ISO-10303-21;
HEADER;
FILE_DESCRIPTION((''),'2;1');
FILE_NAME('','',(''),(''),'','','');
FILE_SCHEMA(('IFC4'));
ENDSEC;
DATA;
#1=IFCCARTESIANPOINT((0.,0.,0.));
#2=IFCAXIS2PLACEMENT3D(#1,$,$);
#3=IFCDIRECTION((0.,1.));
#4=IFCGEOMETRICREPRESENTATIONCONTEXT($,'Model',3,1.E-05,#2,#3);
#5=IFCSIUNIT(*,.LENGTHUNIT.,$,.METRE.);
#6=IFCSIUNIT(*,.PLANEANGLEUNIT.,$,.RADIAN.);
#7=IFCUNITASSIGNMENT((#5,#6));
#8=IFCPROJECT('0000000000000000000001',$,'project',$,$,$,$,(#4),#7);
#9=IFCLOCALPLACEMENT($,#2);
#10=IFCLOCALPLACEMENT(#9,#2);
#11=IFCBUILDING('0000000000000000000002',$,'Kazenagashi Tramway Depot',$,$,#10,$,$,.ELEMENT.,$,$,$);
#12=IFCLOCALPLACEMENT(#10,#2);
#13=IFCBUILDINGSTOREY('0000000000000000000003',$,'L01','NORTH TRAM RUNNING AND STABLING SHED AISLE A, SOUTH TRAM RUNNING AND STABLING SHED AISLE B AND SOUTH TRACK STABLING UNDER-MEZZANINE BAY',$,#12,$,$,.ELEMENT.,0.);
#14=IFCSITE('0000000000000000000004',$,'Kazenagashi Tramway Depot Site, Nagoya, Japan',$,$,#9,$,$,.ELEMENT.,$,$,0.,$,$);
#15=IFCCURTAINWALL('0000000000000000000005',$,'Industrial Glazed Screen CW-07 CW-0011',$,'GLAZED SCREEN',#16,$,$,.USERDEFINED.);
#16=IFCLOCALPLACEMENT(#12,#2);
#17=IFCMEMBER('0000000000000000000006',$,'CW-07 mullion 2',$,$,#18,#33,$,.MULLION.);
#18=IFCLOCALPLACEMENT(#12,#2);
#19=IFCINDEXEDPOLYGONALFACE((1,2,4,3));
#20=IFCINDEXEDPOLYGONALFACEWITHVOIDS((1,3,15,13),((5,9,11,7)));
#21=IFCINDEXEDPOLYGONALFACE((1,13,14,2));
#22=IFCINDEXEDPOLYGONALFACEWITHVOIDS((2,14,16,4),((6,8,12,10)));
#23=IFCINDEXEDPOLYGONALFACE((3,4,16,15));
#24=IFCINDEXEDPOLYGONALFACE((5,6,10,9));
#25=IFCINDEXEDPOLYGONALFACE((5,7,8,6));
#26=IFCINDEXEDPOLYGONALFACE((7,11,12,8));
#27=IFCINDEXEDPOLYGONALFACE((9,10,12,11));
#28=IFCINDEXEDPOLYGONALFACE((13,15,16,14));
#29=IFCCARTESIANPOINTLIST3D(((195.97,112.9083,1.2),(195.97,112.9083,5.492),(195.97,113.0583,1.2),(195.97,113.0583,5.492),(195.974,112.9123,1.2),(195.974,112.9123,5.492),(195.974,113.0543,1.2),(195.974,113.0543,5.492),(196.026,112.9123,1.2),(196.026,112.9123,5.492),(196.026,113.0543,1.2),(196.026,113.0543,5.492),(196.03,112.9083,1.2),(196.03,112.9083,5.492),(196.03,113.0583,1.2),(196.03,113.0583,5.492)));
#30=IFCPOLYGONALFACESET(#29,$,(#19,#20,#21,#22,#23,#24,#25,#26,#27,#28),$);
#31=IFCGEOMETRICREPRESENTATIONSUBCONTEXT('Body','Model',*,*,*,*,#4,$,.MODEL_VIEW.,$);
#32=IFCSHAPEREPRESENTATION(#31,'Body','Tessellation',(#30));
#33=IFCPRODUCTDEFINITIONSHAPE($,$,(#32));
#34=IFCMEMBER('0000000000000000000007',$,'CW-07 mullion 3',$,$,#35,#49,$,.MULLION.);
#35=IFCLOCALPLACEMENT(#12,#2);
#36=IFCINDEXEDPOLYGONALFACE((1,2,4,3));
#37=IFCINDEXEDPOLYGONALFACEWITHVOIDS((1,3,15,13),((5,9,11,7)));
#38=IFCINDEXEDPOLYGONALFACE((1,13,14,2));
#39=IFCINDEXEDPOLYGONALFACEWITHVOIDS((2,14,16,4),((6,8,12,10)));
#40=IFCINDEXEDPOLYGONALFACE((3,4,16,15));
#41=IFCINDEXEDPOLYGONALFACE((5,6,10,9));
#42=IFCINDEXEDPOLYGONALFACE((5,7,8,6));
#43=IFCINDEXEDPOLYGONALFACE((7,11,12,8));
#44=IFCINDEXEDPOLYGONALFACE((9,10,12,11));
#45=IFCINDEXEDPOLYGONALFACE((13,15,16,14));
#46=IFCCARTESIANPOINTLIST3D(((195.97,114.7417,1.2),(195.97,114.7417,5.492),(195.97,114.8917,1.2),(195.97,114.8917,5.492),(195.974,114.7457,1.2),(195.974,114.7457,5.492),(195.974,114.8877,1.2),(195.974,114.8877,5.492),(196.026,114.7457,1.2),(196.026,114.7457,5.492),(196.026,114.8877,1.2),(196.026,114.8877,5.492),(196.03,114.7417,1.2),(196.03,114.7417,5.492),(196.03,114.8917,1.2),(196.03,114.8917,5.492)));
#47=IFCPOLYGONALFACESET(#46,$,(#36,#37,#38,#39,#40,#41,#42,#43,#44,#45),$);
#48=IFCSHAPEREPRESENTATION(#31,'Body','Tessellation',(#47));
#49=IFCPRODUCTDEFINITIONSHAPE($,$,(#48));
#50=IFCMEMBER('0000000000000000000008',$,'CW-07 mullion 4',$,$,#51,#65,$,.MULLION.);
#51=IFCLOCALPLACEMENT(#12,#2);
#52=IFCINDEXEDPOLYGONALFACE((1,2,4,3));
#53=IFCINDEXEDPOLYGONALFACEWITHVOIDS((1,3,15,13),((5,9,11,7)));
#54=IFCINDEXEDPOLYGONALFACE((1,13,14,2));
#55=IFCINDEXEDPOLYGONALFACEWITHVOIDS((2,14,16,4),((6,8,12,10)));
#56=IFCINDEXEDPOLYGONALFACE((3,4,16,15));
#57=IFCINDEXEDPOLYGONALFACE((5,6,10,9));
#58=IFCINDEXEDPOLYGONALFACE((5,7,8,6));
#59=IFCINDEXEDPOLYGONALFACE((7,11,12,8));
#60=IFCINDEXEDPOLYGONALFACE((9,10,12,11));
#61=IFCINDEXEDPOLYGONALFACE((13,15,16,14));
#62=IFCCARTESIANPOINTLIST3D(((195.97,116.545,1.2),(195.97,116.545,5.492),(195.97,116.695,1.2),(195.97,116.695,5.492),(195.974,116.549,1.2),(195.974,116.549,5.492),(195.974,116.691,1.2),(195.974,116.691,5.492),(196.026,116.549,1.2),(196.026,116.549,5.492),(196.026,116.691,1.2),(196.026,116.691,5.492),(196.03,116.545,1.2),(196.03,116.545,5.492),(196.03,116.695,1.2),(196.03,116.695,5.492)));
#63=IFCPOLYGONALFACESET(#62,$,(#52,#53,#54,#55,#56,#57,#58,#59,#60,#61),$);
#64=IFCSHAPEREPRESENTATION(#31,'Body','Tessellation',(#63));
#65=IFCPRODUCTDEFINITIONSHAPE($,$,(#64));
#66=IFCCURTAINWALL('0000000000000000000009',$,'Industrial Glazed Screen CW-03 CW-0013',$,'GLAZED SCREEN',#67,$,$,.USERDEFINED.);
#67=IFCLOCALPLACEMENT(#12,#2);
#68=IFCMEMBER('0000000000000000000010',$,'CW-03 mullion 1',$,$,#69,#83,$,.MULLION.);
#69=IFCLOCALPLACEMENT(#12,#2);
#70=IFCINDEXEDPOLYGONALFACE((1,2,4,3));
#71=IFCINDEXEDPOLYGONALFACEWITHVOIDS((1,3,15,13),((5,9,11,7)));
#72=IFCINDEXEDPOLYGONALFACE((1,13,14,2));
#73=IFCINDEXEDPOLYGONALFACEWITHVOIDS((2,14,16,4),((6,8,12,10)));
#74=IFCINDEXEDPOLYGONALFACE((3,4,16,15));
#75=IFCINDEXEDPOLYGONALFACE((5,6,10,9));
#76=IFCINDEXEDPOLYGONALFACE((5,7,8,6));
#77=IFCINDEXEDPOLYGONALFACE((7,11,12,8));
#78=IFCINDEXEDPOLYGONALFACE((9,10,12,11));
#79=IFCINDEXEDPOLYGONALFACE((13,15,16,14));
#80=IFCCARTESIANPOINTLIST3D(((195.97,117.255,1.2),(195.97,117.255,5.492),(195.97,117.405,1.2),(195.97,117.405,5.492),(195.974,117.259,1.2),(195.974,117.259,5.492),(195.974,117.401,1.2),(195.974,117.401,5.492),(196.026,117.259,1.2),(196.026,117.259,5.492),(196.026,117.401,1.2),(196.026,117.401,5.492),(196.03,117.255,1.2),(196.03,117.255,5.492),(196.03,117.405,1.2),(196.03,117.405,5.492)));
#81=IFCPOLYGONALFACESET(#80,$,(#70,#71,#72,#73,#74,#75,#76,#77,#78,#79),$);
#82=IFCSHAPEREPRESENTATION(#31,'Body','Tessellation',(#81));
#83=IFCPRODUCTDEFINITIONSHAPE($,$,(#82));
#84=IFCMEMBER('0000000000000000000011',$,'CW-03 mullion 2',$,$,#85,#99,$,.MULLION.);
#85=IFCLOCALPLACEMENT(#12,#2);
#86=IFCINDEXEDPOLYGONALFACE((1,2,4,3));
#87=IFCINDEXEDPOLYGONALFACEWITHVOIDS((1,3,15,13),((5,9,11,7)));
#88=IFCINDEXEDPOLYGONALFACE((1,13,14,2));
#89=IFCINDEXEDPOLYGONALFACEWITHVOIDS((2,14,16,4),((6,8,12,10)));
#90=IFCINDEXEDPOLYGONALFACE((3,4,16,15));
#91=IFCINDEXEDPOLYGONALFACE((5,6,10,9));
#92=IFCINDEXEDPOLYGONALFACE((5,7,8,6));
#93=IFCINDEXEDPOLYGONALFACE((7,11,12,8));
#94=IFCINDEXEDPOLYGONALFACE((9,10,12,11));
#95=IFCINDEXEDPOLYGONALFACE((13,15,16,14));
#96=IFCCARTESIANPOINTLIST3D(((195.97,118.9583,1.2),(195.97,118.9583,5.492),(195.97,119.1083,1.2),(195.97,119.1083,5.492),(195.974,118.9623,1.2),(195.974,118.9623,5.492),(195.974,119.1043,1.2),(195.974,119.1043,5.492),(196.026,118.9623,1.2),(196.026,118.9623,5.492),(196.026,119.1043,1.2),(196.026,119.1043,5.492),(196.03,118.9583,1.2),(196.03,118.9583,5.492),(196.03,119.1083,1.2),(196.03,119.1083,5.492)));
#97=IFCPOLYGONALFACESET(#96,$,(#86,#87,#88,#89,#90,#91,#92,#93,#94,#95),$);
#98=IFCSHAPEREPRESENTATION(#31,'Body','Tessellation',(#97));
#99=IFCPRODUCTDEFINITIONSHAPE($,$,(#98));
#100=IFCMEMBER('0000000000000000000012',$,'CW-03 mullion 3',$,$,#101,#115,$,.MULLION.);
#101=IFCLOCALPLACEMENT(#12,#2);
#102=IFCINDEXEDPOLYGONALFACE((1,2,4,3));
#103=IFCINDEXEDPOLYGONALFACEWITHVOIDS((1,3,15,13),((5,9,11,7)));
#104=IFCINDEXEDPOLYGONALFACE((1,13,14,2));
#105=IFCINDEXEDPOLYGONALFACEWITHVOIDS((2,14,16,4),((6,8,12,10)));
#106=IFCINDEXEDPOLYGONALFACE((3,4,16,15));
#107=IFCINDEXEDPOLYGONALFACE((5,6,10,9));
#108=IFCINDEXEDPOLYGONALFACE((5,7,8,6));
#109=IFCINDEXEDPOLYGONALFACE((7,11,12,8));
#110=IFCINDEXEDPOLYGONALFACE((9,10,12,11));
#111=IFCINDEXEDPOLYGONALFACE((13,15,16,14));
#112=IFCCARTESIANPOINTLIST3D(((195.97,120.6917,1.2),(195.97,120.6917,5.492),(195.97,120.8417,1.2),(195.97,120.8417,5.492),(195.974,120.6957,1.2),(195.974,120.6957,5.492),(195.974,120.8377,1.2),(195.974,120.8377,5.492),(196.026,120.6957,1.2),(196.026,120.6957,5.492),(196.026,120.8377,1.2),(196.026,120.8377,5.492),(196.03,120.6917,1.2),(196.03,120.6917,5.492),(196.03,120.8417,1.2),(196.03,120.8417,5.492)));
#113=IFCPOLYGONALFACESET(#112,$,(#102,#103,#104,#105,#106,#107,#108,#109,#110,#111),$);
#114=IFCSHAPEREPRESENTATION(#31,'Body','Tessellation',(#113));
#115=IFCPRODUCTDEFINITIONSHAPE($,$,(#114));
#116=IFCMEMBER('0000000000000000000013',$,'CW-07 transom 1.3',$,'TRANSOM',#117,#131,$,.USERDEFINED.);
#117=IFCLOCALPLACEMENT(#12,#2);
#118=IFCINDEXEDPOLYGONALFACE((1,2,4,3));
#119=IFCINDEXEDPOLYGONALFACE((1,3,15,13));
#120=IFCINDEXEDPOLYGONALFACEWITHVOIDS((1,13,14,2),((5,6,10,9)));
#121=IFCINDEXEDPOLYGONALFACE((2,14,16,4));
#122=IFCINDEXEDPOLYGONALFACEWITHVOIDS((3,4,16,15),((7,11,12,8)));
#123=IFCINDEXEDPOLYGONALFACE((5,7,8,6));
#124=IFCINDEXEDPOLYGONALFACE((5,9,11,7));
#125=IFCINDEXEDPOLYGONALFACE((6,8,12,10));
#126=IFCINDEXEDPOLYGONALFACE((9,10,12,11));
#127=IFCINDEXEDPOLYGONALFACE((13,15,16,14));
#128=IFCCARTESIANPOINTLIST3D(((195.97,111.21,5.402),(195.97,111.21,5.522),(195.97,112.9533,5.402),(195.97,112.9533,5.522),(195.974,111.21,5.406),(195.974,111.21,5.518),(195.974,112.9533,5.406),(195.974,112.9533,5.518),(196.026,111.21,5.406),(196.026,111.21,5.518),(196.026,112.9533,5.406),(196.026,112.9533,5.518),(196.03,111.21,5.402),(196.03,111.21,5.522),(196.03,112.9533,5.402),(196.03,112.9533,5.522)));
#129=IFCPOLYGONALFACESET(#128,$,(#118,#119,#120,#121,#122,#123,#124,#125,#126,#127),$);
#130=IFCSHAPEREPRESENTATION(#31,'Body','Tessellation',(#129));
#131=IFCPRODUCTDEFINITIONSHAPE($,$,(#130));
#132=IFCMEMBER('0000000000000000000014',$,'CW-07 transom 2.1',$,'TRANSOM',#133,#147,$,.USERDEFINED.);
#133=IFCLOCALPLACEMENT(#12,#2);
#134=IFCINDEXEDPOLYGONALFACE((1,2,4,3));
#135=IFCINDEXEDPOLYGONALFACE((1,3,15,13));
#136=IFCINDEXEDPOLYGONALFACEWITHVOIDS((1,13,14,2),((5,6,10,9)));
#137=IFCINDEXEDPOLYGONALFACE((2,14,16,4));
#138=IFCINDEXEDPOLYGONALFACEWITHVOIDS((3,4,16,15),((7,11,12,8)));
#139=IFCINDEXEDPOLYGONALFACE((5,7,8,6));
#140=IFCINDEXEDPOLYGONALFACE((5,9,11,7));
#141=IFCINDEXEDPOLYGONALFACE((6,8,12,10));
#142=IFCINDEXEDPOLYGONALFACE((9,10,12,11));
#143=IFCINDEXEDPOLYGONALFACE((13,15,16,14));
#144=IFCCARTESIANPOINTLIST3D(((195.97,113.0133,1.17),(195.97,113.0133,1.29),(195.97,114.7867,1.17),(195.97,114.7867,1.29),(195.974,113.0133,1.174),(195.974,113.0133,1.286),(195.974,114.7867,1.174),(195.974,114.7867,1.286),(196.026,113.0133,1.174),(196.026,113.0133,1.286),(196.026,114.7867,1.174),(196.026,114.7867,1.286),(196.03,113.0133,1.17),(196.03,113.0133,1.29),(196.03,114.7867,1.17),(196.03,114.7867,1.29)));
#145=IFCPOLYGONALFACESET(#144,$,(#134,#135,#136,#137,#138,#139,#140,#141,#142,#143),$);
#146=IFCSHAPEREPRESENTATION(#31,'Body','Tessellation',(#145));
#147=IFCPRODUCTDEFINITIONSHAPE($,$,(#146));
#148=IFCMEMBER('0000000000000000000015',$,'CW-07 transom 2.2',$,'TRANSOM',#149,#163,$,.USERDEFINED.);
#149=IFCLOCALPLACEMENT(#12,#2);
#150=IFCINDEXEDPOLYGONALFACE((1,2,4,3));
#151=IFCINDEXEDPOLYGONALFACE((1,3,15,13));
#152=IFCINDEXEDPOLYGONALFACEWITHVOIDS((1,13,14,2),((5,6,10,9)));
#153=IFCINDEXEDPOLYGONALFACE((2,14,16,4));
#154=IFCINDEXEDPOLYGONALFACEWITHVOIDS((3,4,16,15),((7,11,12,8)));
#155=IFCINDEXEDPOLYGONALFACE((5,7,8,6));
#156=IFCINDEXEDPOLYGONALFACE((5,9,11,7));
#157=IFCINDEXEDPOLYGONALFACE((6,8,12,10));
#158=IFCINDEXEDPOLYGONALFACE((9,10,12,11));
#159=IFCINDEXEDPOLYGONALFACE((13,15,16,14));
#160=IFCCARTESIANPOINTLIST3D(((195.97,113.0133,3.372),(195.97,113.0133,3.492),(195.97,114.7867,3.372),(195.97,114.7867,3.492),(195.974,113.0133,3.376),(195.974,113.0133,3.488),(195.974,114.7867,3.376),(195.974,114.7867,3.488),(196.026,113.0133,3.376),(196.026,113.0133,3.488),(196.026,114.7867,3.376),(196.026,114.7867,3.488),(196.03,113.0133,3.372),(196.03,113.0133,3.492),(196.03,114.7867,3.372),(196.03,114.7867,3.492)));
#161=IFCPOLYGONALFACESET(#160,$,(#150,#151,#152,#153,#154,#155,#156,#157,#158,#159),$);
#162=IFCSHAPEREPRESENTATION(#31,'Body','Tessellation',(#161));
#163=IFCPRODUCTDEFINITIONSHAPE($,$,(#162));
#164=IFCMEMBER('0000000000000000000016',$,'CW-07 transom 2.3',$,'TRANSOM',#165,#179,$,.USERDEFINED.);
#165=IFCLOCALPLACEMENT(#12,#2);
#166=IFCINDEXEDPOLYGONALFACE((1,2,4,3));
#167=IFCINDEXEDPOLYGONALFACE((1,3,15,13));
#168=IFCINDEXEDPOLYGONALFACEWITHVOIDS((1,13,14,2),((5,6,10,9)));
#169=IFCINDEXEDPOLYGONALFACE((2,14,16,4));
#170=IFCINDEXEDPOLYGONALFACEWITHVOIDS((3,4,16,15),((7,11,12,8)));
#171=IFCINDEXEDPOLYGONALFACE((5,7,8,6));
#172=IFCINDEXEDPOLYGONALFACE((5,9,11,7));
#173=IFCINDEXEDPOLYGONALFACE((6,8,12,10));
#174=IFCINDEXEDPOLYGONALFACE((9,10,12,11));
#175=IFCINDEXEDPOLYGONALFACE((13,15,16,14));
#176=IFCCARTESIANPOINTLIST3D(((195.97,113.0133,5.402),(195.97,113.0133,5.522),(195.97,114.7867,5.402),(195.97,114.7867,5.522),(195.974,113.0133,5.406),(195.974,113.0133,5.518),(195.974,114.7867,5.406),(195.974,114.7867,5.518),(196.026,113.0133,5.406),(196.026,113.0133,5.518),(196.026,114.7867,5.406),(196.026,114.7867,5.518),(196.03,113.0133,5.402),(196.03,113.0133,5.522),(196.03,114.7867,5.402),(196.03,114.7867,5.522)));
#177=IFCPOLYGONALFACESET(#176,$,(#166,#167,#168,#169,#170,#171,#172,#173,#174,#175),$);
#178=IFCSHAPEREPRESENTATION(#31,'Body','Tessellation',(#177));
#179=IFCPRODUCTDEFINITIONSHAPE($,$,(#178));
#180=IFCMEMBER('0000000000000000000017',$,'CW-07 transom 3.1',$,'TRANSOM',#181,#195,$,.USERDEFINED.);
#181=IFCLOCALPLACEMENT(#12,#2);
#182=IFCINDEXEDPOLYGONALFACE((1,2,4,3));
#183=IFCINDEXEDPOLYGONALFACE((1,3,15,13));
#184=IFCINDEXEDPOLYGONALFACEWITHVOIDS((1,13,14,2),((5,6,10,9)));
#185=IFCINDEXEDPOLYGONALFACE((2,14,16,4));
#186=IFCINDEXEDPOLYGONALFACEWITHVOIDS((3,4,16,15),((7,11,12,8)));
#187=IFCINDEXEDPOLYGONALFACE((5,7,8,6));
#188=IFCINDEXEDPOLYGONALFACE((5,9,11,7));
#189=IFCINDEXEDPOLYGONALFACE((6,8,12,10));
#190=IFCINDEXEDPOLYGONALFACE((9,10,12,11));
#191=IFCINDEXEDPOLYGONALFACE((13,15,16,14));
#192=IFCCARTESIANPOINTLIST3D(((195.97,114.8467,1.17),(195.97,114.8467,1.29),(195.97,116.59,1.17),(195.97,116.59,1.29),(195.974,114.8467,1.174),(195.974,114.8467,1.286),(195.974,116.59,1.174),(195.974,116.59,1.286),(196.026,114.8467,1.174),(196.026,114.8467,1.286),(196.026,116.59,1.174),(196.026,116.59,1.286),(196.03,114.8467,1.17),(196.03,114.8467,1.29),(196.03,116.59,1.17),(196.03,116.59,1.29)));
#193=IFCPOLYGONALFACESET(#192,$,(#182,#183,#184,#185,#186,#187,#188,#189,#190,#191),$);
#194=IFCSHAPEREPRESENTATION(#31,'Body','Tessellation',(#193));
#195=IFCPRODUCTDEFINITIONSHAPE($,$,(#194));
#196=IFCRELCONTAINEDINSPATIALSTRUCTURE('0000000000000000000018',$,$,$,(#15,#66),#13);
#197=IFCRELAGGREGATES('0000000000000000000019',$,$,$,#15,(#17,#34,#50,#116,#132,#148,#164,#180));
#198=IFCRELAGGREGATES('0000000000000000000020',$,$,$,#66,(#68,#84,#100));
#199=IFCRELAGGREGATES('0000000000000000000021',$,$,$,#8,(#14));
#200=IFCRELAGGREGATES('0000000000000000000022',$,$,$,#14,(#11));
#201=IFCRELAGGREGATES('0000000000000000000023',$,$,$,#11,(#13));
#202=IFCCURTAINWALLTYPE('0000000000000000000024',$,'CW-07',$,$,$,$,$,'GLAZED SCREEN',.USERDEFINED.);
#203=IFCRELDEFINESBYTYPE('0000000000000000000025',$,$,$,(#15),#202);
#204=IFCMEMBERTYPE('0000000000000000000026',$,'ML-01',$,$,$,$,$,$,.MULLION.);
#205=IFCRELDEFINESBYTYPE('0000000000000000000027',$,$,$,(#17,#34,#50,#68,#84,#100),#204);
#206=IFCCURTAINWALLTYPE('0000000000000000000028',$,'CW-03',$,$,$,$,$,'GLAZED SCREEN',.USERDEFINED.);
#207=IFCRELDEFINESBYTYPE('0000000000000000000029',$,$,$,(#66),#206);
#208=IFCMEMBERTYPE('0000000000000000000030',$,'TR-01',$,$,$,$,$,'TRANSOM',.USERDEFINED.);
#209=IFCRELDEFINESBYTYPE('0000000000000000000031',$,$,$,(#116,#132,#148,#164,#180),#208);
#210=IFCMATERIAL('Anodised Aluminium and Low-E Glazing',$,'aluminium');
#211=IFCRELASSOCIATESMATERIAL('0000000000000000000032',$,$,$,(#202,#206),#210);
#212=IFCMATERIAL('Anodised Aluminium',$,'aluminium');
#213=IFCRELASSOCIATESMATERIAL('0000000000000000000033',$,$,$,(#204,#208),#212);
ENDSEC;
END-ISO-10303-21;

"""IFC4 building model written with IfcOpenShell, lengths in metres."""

from ifc_helpers import new_model, si_unit, direction, frame, origin, origin_2d, place, context, subcontext, project, spatial, hollow_rectangle, extrude, material, material_profile, profile_set, type_object, element, aggregate, save


model = new_model("IFC4")

# Units and contexts
model_context = context("Model", 3, precision=1e-05, world=origin(), true_north=direction((0.0, 1.0)))
body_context = subcontext(model_context, "Body", "Model", "MODEL_VIEW")
ifc_project = project(units=[si_unit("LENGTHUNIT", "METRE"), si_unit("PLANEANGLEUNIT", "RADIAN")], contexts=[model_context])

# Site, building, storey
site_placement = place(None, origin())
site = spatial("IfcSite", under=ifc_project, at=site_placement, Name="Kazenagashi Tramway Depot Site, Nagoya, Japan", CompositionType="ELEMENT", RefElevation=0.0)
building_placement = place(site_placement, origin())
building = spatial("IfcBuilding", under=site, at=building_placement, Name="Kazenagashi Tramway Depot", CompositionType="ELEMENT")
storey_placement = place(building_placement, origin())
storey = spatial("IfcBuildingStorey", under=building, at=storey_placement, Name="L01", Description="NORTH TRAM RUNNING AND STABLING SHED AISLE A, SOUTH TRAM RUNNING AND STABLING SHED AISLE B AND SOUTH TRACK STABLING UNDER-MEZZANINE BAY", CompositionType="ELEMENT", Elevation=0.0)

# Curtain walls, members
ifc_material_1 = material(Name="Anodised Aluminium and Low-E Glazing", Category="aluminium")
curtain_wall_type_1 = type_object("IfcCurtainWallType", Name="CW-07", ElementType="GLAZED SCREEN", PredefinedType="USERDEFINED", material=ifc_material_1)
curtain_wall_1_placement = place(storey_placement, origin())
curtain_wall_1 = element("IfcCurtainWall", 1, at=curtain_wall_1_placement, inside=storey, type_object=curtain_wall_type_1, Name="Industrial Glazed Screen CW-07 CW-0011", ObjectType="GLAZED SCREEN", PredefinedType="USERDEFINED")
ifc_material_2 = material(Name="Anodised Aluminium", Category="aluminium")
ifc_material_profile_1 = material_profile(ifc_material_2, hollow_rectangle(XDim=0.06, YDim=0.15, WallThickness=0.004, at=origin_2d()), Name="RHS-150x60x4")
ifc_profile_set_1 = profile_set([ifc_material_profile_1], Name="Anodised Aluminium")
member_type_1 = type_object("IfcMemberType", Name="ML-01", PredefinedType="MULLION", material=ifc_profile_set_1)
member_1_placement = place(storey_placement, frame((196.0, 112.9833, 1.2), z_axis=(0.0, 0.0, 1.0), x_axis=(-1.0, 0.0, 0.0)))
member_1 = element("IfcMember", 2, at=member_1_placement, type_object=member_type_1, Name="CW-07 mullion 2", PredefinedType="MULLION", context=body_context, shape_type="SweptSolid", body=[
    extrude(hollow_rectangle(XDim=0.06, YDim=0.15, WallThickness=0.004, at=origin_2d()), origin(), (0.0, 0.0, 1.0), 4.292),
])
member_2_placement = place(storey_placement, frame((196.0, 114.8167, 1.2), z_axis=(0.0, 0.0, 1.0), x_axis=(-1.0, 0.0, 0.0)))
member_2 = element("IfcMember", 3, at=member_2_placement, type_object=member_type_1, Name="CW-07 mullion 3", PredefinedType="MULLION", context=body_context, shape_type="SweptSolid", body=[
    extrude(hollow_rectangle(XDim=0.06, YDim=0.15, WallThickness=0.004, at=origin_2d()), origin(), (0.0, 0.0, 1.0), 4.292),
])
member_3_placement = place(storey_placement, frame((196.0, 116.62, 1.2), z_axis=(0.0, 0.0, 1.0), x_axis=(-1.0, 0.0, 0.0)))
member_3 = element("IfcMember", 4, at=member_3_placement, type_object=member_type_1, Name="CW-07 mullion 4", PredefinedType="MULLION", context=body_context, shape_type="SweptSolid", body=[
    extrude(hollow_rectangle(XDim=0.06, YDim=0.15, WallThickness=0.004, at=origin_2d()), origin(), (0.0, 0.0, 1.0), 4.292),
])
curtain_wall_type_2 = type_object("IfcCurtainWallType", Name="CW-03", ElementType="GLAZED SCREEN", PredefinedType="USERDEFINED", material=ifc_material_1)
curtain_wall_2_placement = place(storey_placement, origin())
curtain_wall_2 = element("IfcCurtainWall", 5, at=curtain_wall_2_placement, inside=storey, type_object=curtain_wall_type_2, Name="Industrial Glazed Screen CW-03 CW-0013", ObjectType="GLAZED SCREEN", PredefinedType="USERDEFINED")
member_4_placement = place(storey_placement, frame((196.0, 117.33, 1.2), z_axis=(0.0, 0.0, 1.0), x_axis=(-1.0, 0.0, 0.0)))
member_4 = element("IfcMember", 6, at=member_4_placement, type_object=member_type_1, Name="CW-03 mullion 1", PredefinedType="MULLION", context=body_context, shape_type="SweptSolid", body=[
    extrude(hollow_rectangle(XDim=0.06, YDim=0.15, WallThickness=0.004, at=origin_2d()), origin(), (0.0, 0.0, 1.0), 4.292),
])
member_5_placement = place(storey_placement, frame((196.0, 119.0333, 1.2), z_axis=(0.0, 0.0, 1.0), x_axis=(-1.0, 0.0, 0.0)))
member_5 = element("IfcMember", 7, at=member_5_placement, type_object=member_type_1, Name="CW-03 mullion 2", PredefinedType="MULLION", context=body_context, shape_type="SweptSolid", body=[
    extrude(hollow_rectangle(XDim=0.06, YDim=0.15, WallThickness=0.004, at=origin_2d()), origin(), (0.0, 0.0, 1.0), 4.292),
])
member_6_placement = place(storey_placement, frame((196.0, 120.7667, 1.2), z_axis=(0.0, 0.0, 1.0), x_axis=(-1.0, 0.0, 0.0)))
member_6 = element("IfcMember", 8, at=member_6_placement, type_object=member_type_1, Name="CW-03 mullion 3", PredefinedType="MULLION", context=body_context, shape_type="SweptSolid", body=[
    extrude(hollow_rectangle(XDim=0.06, YDim=0.15, WallThickness=0.004, at=origin_2d()), origin(), (0.0, 0.0, 1.0), 4.292),
])

# Members
ifc_material_profile_2 = material_profile(ifc_material_2, hollow_rectangle(XDim=0.06, YDim=0.12, WallThickness=0.004, at=origin_2d()), Name="RHS-120x60x4")
ifc_profile_set_2 = profile_set([ifc_material_profile_2], Name="Anodised Aluminium")
member_type_2 = type_object("IfcMemberType", Name="TR-01", ElementType="TRANSOM", PredefinedType="USERDEFINED", material=ifc_profile_set_2)
member_7_placement = place(storey_placement, frame((196.0, 111.21, 5.462), z_axis=(0.0, 1.0, 0.0), x_axis=(-1.0, 0.0, 0.0)))
member_7 = element("IfcMember", 9, at=member_7_placement, type_object=member_type_2, Name="CW-07 transom 1.3", ObjectType="TRANSOM", PredefinedType="USERDEFINED", context=body_context, shape_type="SweptSolid", body=[
    extrude(hollow_rectangle(XDim=0.06, YDim=0.12, WallThickness=0.004, at=origin_2d()), origin(), (0.0, 0.0, 1.0), 1.7433),
])
member_8_placement = place(storey_placement, frame((196.0, 113.0133, 1.23), z_axis=(0.0, 1.0, 0.0), x_axis=(-1.0, 0.0, 0.0)))
member_8 = element("IfcMember", 10, at=member_8_placement, type_object=member_type_2, Name="CW-07 transom 2.1", ObjectType="TRANSOM", PredefinedType="USERDEFINED", context=body_context, shape_type="SweptSolid", body=[
    extrude(hollow_rectangle(XDim=0.06, YDim=0.12, WallThickness=0.004, at=origin_2d()), origin(), (0.0, 0.0, 1.0), 1.7733),
])
member_9_placement = place(storey_placement, frame((196.0, 113.0133, 3.432), z_axis=(0.0, 1.0, 0.0), x_axis=(-1.0, 0.0, 0.0)))
member_9 = element("IfcMember", 11, at=member_9_placement, type_object=member_type_2, Name="CW-07 transom 2.2", ObjectType="TRANSOM", PredefinedType="USERDEFINED", context=body_context, shape_type="SweptSolid", body=[
    extrude(hollow_rectangle(XDim=0.06, YDim=0.12, WallThickness=0.004, at=origin_2d()), origin(), (0.0, 0.0, 1.0), 1.7733),
])
member_10_placement = place(storey_placement, frame((196.0, 113.0133, 5.462), z_axis=(0.0, 1.0, 0.0), x_axis=(-1.0, 0.0, 0.0)))
member_10 = element("IfcMember", 12, at=member_10_placement, type_object=member_type_2, Name="CW-07 transom 2.3", ObjectType="TRANSOM", PredefinedType="USERDEFINED", context=body_context, shape_type="SweptSolid", body=[
    extrude(hollow_rectangle(XDim=0.06, YDim=0.12, WallThickness=0.004, at=origin_2d()), origin(), (0.0, 0.0, 1.0), 1.7733),
])
member_11_placement = place(storey_placement, frame((196.0, 114.8467, 1.23), z_axis=(0.0, 1.0, 0.0), x_axis=(-1.0, 0.0, 0.0)))
member_11 = element("IfcMember", 13, at=member_11_placement, type_object=member_type_2, Name="CW-07 transom 3.1", ObjectType="TRANSOM", PredefinedType="USERDEFINED", context=body_context, shape_type="SweptSolid", body=[
    extrude(hollow_rectangle(XDim=0.06, YDim=0.12, WallThickness=0.004, at=origin_2d()), origin(), (0.0, 0.0, 1.0), 1.7433),
])

aggregate(curtain_wall_1, [member_1, member_2, member_3, member_7, member_8, member_9, member_10, member_11])
aggregate(curtain_wall_2, [member_4, member_5, member_6])

save(model, "model.ifc")
